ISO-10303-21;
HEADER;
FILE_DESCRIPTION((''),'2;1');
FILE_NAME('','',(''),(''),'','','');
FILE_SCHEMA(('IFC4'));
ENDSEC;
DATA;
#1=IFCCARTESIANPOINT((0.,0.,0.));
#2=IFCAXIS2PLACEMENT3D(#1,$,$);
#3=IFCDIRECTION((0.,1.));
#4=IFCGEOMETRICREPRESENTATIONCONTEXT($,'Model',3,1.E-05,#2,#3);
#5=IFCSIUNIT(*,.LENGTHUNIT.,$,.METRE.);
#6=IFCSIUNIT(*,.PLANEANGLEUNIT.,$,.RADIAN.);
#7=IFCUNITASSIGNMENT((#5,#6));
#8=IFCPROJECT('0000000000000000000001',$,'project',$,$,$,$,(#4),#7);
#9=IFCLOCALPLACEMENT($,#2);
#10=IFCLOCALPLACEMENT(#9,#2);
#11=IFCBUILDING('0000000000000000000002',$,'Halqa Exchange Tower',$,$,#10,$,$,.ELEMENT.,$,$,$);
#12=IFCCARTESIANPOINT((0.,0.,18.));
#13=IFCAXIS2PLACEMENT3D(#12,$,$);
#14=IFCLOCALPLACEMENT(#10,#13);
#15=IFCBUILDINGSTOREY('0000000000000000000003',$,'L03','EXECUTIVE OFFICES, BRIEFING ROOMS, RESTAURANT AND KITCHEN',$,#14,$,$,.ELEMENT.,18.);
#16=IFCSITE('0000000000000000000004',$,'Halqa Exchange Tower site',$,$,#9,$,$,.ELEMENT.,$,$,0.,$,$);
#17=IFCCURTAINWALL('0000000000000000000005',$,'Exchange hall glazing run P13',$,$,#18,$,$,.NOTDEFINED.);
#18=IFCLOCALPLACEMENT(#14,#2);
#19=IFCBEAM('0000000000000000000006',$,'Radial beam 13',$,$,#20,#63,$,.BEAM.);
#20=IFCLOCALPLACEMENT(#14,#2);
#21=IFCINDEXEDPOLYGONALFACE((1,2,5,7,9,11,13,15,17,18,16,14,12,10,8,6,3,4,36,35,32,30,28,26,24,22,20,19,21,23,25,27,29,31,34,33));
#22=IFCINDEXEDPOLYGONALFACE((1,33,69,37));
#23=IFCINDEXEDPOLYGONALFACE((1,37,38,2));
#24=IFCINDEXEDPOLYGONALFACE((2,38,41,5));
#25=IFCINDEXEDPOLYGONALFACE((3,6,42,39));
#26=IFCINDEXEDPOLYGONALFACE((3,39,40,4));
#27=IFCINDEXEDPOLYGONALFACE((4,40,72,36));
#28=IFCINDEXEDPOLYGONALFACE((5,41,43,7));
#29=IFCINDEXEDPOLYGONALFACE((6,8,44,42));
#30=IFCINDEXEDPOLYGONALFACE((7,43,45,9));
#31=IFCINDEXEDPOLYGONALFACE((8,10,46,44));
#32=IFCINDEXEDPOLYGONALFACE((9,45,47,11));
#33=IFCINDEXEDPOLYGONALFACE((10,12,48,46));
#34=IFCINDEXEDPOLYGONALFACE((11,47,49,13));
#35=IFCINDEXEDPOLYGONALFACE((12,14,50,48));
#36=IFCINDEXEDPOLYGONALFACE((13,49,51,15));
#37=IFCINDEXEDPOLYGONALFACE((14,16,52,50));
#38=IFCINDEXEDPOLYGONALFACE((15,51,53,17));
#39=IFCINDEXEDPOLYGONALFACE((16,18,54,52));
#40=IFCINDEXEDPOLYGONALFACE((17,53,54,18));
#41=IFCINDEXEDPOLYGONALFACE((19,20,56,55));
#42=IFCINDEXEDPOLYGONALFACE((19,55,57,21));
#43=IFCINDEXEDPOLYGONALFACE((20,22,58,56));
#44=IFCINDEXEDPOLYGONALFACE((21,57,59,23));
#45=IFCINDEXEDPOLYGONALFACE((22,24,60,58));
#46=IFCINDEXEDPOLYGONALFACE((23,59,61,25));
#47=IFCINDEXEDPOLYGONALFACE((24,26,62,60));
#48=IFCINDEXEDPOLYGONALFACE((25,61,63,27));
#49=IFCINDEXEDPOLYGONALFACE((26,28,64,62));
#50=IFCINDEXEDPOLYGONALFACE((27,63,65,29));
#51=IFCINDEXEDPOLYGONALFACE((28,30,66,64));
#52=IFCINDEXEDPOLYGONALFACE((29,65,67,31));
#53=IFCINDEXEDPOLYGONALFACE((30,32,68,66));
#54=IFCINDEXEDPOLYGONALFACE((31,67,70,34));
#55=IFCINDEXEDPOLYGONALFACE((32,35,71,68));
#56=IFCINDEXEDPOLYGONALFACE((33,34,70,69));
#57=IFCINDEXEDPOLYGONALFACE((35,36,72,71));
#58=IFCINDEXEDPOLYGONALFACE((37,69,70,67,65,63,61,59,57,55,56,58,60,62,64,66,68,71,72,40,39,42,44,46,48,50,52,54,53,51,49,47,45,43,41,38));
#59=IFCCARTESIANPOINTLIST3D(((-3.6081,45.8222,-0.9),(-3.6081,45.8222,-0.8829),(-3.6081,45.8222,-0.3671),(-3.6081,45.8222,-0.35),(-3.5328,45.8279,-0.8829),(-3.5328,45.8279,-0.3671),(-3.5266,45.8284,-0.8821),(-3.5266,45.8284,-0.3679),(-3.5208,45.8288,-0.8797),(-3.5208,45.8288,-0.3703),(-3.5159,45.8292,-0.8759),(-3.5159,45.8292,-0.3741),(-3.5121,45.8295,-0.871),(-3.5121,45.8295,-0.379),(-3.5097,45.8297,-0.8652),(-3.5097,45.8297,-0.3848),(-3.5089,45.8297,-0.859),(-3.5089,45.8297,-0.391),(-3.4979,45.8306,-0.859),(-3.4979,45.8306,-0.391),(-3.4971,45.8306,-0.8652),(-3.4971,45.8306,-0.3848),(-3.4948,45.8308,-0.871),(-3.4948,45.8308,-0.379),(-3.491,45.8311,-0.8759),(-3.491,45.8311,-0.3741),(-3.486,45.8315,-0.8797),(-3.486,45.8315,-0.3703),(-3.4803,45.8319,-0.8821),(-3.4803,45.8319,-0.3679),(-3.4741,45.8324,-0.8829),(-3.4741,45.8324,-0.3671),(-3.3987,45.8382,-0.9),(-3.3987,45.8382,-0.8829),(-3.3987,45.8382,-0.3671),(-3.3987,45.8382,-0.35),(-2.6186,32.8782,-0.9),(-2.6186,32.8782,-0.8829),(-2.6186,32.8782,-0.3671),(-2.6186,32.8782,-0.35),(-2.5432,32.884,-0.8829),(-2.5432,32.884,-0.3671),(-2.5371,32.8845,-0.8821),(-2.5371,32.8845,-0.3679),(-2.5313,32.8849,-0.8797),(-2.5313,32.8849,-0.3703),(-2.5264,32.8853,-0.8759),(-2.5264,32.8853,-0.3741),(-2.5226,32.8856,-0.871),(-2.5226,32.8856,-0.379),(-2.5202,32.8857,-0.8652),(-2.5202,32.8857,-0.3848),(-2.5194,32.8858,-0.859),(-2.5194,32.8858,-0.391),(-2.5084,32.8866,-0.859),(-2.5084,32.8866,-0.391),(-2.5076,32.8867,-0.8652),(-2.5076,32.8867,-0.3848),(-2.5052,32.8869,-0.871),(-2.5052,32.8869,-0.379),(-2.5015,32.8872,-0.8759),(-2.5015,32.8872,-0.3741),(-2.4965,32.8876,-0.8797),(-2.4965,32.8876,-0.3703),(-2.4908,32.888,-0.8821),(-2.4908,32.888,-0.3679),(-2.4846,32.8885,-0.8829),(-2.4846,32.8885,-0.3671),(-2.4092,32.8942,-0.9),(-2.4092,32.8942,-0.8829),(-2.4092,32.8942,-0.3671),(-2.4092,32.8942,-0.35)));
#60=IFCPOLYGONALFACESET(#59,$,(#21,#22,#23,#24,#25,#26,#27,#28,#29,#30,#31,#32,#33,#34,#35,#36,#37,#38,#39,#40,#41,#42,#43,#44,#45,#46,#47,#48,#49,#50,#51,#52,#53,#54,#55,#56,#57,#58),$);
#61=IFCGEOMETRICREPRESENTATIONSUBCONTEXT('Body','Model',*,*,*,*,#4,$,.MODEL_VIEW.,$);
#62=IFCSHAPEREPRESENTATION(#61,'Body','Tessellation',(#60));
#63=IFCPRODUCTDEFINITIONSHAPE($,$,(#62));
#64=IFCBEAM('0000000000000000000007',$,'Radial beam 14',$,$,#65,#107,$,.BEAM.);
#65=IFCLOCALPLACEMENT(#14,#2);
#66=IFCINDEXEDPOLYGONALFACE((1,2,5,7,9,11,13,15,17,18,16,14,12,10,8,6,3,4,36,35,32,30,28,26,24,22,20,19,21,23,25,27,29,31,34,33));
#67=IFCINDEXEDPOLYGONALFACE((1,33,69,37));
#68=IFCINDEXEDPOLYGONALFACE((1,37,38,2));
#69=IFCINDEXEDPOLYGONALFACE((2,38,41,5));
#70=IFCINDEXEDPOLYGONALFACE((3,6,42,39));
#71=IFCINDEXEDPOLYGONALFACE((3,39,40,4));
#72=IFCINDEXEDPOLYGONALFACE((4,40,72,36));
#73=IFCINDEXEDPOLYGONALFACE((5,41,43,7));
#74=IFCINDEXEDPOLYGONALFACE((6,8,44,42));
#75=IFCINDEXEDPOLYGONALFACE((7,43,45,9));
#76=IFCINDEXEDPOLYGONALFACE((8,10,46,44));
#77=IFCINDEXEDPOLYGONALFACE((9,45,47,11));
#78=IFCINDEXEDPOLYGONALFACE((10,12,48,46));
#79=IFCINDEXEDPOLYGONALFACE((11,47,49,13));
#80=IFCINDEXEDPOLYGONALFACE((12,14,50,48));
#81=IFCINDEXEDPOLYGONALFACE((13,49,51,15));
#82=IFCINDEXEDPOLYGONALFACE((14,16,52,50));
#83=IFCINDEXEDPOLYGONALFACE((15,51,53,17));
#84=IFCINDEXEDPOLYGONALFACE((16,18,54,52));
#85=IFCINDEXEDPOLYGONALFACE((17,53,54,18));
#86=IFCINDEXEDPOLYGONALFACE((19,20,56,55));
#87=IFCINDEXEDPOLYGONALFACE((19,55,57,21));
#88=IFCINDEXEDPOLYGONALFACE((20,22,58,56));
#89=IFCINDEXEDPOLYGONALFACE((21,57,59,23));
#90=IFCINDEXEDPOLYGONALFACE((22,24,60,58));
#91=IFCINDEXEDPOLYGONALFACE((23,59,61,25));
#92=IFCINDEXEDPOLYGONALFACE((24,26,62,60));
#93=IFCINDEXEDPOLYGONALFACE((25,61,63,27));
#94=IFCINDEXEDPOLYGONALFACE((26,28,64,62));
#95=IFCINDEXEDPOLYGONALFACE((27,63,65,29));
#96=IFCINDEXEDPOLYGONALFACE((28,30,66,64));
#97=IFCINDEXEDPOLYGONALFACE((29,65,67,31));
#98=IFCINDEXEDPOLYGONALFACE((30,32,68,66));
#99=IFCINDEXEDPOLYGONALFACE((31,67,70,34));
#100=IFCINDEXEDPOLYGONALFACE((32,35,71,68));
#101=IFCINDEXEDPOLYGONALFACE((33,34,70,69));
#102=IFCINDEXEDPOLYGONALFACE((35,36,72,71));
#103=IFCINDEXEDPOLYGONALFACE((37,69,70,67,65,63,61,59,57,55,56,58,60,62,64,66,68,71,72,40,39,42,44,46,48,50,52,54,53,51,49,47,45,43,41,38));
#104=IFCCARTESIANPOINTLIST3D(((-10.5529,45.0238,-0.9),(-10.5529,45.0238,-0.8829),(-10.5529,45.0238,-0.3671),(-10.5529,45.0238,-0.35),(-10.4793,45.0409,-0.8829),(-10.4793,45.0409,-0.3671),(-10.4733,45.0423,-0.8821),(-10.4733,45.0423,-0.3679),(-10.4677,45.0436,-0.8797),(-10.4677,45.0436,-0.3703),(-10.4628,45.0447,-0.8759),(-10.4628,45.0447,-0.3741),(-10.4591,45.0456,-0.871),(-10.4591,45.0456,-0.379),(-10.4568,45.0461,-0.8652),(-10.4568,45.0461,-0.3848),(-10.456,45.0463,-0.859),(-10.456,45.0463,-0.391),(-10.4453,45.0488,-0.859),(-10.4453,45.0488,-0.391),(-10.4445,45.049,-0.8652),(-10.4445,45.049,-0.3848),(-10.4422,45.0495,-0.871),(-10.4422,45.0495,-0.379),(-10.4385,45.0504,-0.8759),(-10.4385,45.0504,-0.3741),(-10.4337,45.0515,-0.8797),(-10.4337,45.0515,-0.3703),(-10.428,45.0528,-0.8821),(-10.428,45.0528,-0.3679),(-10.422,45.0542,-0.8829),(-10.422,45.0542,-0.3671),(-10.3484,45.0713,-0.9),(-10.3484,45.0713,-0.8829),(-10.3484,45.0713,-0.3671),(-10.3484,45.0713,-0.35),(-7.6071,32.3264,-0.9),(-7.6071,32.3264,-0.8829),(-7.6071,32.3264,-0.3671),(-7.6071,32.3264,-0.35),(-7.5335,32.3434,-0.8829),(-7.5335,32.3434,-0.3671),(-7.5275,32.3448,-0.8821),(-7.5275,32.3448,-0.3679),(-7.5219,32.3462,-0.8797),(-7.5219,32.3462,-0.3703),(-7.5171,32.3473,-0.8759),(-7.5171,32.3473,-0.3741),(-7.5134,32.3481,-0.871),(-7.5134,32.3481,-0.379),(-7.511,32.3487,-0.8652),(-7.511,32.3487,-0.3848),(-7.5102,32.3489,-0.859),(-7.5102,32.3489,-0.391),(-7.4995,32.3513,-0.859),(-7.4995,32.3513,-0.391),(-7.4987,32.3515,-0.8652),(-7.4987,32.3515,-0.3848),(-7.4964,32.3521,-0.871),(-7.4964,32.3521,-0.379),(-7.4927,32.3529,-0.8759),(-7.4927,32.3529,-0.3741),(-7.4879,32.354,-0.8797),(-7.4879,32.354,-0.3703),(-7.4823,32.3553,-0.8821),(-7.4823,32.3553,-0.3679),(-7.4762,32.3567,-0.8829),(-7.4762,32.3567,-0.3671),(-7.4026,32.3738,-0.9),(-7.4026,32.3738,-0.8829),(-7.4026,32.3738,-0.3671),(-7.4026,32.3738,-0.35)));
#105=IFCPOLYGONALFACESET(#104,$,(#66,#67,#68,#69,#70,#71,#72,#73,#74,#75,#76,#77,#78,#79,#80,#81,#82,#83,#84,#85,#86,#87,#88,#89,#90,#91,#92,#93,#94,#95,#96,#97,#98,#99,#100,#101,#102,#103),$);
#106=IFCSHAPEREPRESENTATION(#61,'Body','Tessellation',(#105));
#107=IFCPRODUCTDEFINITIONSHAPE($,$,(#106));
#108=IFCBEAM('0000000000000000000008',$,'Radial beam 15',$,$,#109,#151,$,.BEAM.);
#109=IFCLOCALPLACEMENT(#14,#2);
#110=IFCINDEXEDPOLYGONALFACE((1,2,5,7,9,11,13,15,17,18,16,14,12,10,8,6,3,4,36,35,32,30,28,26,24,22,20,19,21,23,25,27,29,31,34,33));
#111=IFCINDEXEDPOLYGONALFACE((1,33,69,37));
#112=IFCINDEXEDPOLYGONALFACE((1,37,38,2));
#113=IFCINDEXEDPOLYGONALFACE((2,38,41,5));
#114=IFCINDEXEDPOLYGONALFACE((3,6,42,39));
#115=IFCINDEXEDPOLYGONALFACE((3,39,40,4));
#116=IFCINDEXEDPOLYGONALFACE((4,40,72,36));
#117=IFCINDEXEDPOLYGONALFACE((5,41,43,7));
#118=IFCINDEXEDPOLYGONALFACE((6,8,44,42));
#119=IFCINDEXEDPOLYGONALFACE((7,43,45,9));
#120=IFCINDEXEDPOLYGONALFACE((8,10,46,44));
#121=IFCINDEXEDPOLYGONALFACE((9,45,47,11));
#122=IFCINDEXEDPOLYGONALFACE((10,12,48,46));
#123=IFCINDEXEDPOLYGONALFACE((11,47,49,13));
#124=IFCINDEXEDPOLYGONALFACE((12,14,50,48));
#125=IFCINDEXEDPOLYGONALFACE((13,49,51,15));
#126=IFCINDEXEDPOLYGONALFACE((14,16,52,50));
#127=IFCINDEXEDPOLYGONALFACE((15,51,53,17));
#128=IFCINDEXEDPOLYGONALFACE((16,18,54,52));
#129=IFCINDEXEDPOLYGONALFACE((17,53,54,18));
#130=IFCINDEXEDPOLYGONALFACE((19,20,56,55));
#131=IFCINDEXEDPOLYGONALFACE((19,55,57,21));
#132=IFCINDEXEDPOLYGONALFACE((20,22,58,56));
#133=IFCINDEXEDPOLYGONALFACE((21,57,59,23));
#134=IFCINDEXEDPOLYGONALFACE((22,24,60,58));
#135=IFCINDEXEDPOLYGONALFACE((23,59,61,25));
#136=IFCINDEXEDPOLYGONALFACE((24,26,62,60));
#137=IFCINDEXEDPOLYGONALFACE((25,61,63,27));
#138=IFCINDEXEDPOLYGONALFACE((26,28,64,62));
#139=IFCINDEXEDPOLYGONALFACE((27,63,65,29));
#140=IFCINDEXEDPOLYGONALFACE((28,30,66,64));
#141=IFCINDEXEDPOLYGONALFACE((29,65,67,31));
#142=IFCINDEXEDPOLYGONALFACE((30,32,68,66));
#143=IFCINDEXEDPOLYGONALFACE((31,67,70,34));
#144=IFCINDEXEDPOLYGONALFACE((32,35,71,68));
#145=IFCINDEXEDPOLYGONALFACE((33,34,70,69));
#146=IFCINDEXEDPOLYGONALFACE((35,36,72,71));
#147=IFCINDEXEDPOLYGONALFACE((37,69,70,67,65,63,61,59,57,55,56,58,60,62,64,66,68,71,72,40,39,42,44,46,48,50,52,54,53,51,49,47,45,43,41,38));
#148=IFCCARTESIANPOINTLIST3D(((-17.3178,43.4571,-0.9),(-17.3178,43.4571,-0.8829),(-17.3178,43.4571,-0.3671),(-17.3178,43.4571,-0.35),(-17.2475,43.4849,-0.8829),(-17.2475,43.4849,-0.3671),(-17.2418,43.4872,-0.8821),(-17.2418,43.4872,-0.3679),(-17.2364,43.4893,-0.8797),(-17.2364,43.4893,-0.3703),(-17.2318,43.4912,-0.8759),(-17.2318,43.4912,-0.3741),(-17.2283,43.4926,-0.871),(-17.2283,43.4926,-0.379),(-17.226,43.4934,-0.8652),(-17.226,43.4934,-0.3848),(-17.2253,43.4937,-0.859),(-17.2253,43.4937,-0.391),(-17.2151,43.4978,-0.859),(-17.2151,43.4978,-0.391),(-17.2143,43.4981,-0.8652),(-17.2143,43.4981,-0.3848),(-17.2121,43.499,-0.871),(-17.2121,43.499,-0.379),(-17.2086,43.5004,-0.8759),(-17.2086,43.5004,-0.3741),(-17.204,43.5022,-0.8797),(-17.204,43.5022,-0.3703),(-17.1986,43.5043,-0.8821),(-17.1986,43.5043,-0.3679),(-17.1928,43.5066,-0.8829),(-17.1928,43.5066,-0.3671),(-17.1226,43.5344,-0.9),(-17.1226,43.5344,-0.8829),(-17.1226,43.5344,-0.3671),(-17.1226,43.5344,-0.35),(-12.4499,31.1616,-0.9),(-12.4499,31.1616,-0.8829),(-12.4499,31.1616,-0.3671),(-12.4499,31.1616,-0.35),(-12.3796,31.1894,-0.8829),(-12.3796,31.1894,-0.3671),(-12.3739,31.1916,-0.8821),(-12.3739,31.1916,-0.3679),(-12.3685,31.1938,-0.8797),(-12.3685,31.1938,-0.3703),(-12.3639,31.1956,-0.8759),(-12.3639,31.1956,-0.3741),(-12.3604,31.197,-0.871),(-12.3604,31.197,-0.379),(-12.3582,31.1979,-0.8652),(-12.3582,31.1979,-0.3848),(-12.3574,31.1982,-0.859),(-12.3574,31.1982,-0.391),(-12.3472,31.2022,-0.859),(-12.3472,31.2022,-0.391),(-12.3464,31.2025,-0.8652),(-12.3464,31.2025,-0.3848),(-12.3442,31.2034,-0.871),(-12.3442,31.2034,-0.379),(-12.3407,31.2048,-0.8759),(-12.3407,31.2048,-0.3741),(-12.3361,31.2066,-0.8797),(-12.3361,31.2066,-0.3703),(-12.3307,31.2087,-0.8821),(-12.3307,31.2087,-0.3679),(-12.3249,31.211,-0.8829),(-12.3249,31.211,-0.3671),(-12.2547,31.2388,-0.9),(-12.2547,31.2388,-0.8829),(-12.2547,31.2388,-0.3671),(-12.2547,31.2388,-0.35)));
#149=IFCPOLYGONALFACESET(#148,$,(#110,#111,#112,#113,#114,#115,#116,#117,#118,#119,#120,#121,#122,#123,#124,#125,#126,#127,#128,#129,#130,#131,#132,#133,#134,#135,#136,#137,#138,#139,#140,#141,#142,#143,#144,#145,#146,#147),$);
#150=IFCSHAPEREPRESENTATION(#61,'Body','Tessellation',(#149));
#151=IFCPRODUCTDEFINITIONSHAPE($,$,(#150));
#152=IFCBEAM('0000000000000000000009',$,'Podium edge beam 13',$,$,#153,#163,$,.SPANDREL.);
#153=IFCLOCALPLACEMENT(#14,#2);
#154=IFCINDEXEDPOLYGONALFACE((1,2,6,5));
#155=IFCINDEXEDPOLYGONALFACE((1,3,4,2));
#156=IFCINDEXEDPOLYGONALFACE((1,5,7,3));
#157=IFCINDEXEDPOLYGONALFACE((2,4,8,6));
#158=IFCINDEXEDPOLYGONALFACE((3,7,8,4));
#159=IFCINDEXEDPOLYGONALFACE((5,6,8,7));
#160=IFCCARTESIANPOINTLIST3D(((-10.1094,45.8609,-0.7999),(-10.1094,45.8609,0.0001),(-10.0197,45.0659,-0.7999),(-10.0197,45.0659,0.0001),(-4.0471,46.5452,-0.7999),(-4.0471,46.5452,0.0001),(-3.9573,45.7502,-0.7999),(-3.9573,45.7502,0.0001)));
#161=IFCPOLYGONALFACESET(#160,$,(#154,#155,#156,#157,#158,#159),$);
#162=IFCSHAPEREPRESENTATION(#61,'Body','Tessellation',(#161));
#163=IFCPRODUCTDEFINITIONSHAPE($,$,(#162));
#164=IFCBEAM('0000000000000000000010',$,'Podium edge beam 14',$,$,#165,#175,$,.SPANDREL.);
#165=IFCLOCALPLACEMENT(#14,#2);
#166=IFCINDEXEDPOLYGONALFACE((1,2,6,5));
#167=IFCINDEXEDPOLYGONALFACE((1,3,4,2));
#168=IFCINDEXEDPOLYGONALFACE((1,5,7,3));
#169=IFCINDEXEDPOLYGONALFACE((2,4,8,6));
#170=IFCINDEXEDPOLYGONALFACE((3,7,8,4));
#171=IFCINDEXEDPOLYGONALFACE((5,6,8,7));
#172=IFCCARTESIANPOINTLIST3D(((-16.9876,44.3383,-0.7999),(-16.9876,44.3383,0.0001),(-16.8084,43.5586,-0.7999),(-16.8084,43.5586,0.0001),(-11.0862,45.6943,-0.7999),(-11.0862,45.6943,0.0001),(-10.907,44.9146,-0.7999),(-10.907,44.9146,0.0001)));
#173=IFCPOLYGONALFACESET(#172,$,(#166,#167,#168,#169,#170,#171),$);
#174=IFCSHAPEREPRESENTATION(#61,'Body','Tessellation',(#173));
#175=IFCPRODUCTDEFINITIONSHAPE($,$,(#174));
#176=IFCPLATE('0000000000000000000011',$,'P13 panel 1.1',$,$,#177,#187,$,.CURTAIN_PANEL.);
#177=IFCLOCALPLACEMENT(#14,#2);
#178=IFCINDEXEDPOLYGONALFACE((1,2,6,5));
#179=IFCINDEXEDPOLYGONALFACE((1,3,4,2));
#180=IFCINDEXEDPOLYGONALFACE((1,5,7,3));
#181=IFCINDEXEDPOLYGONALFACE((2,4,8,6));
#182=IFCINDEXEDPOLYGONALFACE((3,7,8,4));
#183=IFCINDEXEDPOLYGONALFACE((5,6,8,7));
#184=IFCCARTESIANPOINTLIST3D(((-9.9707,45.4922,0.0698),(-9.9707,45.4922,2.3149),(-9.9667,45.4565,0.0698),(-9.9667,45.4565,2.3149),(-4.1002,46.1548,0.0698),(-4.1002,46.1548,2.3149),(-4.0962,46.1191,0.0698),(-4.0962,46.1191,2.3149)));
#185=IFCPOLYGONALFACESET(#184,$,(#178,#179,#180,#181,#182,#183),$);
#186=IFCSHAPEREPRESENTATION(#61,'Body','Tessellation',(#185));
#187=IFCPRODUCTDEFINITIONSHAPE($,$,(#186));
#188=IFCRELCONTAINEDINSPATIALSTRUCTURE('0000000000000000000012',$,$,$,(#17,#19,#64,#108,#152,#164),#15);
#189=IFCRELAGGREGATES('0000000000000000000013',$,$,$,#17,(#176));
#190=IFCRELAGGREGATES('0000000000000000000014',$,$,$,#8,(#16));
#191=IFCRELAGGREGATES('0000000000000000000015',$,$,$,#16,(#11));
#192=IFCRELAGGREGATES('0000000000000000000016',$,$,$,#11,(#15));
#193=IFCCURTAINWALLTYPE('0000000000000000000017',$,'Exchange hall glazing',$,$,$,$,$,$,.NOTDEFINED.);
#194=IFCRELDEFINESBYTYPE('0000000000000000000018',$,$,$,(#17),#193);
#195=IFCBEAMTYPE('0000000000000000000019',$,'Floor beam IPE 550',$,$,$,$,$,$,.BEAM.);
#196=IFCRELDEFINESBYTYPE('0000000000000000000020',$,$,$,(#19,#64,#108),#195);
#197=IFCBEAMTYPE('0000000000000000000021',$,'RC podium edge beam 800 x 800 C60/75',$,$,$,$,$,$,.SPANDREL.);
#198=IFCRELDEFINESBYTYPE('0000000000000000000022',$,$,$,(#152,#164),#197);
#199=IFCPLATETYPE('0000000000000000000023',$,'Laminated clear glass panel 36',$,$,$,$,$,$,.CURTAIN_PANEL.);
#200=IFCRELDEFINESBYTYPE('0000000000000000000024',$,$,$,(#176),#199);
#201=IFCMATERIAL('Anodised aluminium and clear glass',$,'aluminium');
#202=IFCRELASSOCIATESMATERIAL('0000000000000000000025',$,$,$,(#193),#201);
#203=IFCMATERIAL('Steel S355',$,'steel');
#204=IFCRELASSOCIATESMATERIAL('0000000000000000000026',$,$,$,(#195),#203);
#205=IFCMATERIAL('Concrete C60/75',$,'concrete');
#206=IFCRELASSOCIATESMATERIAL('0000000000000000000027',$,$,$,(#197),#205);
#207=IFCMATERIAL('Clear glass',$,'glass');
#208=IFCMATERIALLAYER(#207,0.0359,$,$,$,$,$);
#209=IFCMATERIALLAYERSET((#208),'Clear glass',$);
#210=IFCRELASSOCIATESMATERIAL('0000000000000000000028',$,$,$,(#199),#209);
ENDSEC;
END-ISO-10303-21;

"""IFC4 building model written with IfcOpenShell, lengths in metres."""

from ifc_helpers import new_model, si_unit, direction, frame, origin, origin_2d, place, context, subcontext, project, spatial, rectangle, i_section, extrude, material, layer, layer_set, material_profile, profile_set, type_object, element, aggregate, save


model = new_model("IFC4")

# Units and contexts
model_context = context("Model", 3, precision=1e-05, world=origin(), true_north=direction((0.0, 1.0)))
body_context = subcontext(model_context, "Body", "Model", "MODEL_VIEW")
ifc_project = project(units=[si_unit("LENGTHUNIT", "METRE"), si_unit("PLANEANGLEUNIT", "RADIAN")], contexts=[model_context])

# Site, building, storey
site_placement = place(None, origin())
site = spatial("IfcSite", under=ifc_project, at=site_placement, Name="Halqa Exchange Tower site", CompositionType="ELEMENT", RefElevation=0.0)
building_placement = place(site_placement, origin())
building = spatial("IfcBuilding", under=site, at=building_placement, Name="Halqa Exchange Tower", CompositionType="ELEMENT")
storey_placement = place(building_placement, frame((0.0, 0.0, 18.0)))
storey = spatial("IfcBuildingStorey", under=building, at=storey_placement, Name="L03", Description="EXECUTIVE OFFICES, BRIEFING ROOMS, RESTAURANT AND KITCHEN", CompositionType="ELEMENT", Elevation=18.0)

# Shared definitions
ifc_material_1 = material(Name="Concrete C60/75", Category="concrete")

# Shared definitions
ifc_material_2 = material(Name="Anodised aluminium and clear glass", Category="aluminium")
curtain_wall_type = type_object("IfcCurtainWallType", Name="Exchange hall glazing", PredefinedType="NOTDEFINED", material=ifc_material_2)

# Curtain wall
curtain_wall_1_placement = place(storey_placement, origin())
curtain_wall_1 = element("IfcCurtainWall", 1, at=curtain_wall_1_placement, inside=storey, type_object=curtain_wall_type, Name="Exchange hall glazing run P13", PredefinedType="NOTDEFINED")

# Beams
ifc_material_3 = material(Name="Steel S355", Category="steel")
ifc_material_profile_1 = material_profile(ifc_material_3, i_section(OverallWidth=0.21, OverallDepth=0.55, WebThickness=0.011, FlangeThickness=0.0171, FilletRadius=0.0239, at=origin_2d()), Name="IPE 550")
ifc_profile_set_1 = profile_set([ifc_material_profile_1], Name="Steel S355")
beam_type_1 = type_object("IfcBeamType", Name="Floor beam IPE 550", PredefinedType="BEAM", material=ifc_profile_set_1)
beam_1_placement = place(storey_placement, frame((-2.5139, 32.8862, -0.625), z_axis=(-0.076223, 0.997091, 0.0), x_axis=(-0.997091, -0.076223, 0.0)))
element("IfcBeam", 2, at=beam_1_placement, inside=storey, type_object=beam_type_1, Name="Radial beam 13", PredefinedType="BEAM", context=body_context, shape_type="SweptSolid", body=[
    extrude(i_section(OverallWidth=0.21, OverallDepth=0.55, WebThickness=0.011, FlangeThickness=0.0171, FilletRadius=0.0239, at=origin_2d()), origin(), (0.0, 0.0, 1.0), 12.9817),
])
beam_2_placement = place(storey_placement, frame((-7.5049, 32.3501, -0.625), z_axis=(-0.225996, 0.974128, 0.0), x_axis=(-0.974128, -0.225996, 0.0)))
element("IfcBeam", 3, at=beam_2_placement, inside=storey, type_object=beam_type_1, Name="Radial beam 14", PredefinedType="BEAM", context=body_context, shape_type="SweptSolid", body=[
    extrude(i_section(OverallWidth=0.21, OverallDepth=0.55, WebThickness=0.011, FlangeThickness=0.0171, FilletRadius=0.0239, at=origin_2d()), origin(), (0.0, 0.0, 1.0), 13.0347),
])
beam_3_placement = place(storey_placement, frame((-12.3523, 31.2002, -0.625), z_axis=(-0.368107, 0.929784, 0.0), x_axis=(-0.929784, -0.368107, 0.0)))
element("IfcBeam", 4, at=beam_3_placement, inside=storey, type_object=beam_type_1, Name="Radial beam 15", PredefinedType="BEAM", context=body_context, shape_type="SweptSolid", body=[
    extrude(i_section(OverallWidth=0.21, OverallDepth=0.55, WebThickness=0.011, FlangeThickness=0.0171, FilletRadius=0.0239, at=origin_2d()), origin(), (0.0, 0.0, 1.0), 13.2241),
])
ifc_material_profile_2 = material_profile(ifc_material_1, rectangle(XDim=0.8, YDim=0.8, at=origin_2d()), Name="800 x 800")
ifc_profile_set_2 = profile_set([ifc_material_profile_2], Name="Concrete C60/75")
beam_type_2 = type_object("IfcBeamType", Name="RC podium edge beam 800 x 800 C60/75", PredefinedType="SPANDREL", material=ifc_profile_set_2)
beam_4_placement = place(storey_placement, frame((-4.0022, 46.1477, -0.3999), z_axis=(-0.993689, -0.112171, 0.0), x_axis=(0.112171, -0.993689, 0.0)))
element("IfcBeam", 5, at=beam_4_placement, inside=storey, type_object=beam_type_2, Name="Podium edge beam 13", PredefinedType="SPANDREL", context=body_context, shape_type="SweptSolid", body=[
    extrude(rectangle(XDim=0.8, YDim=0.8, at=origin_2d()), origin(), (0.0, 0.0, 1.0), 6.1008),
])
beam_5_placement = place(storey_placement, frame((-10.9966, 45.3044, -0.3999), z_axis=(-0.974604, -0.223935, 0.0), x_axis=(0.223935, -0.974604, 0.0)))
element("IfcBeam", 6, at=beam_5_placement, inside=storey, type_object=beam_type_2, Name="Podium edge beam 14", PredefinedType="SPANDREL", context=body_context, shape_type="SweptSolid", body=[
    extrude(rectangle(XDim=0.8, YDim=0.8, at=origin_2d()), origin(), (0.0, 0.0, 1.0), 6.0552),
])

# Plate
ifc_material_4 = material(Name="Clear glass", Category="glass")
ifc_layer_1 = layer(ifc_material_4, 0.0359)
ifc_layer_set_1 = layer_set([ifc_layer_1], Name="Clear glass")
plate_type = type_object("IfcPlateType", Name="Laminated clear glass panel 36", PredefinedType="CURTAIN_PANEL", material=ifc_layer_set_1)
plate_1_placement = place(storey_placement, frame((-7.0334, 45.8057, 0.0698), z_axis=(0.0, 0.0, 1.0), x_axis=(-0.99369, -0.112159, 0.0)))
plate_1 = element("IfcPlate", 7, at=plate_1_placement, type_object=plate_type, Name="P13 panel 1.1", PredefinedType="CURTAIN_PANEL", context=body_context, shape_type="SweptSolid", body=[
    extrude(rectangle(XDim=5.9077, YDim=0.0359, at=origin_2d()), origin(), (0.0, 0.0, 1.0), 2.2451),
])
aggregate(curtain_wall_1, [plate_1])

save(model, "model.ifc")
